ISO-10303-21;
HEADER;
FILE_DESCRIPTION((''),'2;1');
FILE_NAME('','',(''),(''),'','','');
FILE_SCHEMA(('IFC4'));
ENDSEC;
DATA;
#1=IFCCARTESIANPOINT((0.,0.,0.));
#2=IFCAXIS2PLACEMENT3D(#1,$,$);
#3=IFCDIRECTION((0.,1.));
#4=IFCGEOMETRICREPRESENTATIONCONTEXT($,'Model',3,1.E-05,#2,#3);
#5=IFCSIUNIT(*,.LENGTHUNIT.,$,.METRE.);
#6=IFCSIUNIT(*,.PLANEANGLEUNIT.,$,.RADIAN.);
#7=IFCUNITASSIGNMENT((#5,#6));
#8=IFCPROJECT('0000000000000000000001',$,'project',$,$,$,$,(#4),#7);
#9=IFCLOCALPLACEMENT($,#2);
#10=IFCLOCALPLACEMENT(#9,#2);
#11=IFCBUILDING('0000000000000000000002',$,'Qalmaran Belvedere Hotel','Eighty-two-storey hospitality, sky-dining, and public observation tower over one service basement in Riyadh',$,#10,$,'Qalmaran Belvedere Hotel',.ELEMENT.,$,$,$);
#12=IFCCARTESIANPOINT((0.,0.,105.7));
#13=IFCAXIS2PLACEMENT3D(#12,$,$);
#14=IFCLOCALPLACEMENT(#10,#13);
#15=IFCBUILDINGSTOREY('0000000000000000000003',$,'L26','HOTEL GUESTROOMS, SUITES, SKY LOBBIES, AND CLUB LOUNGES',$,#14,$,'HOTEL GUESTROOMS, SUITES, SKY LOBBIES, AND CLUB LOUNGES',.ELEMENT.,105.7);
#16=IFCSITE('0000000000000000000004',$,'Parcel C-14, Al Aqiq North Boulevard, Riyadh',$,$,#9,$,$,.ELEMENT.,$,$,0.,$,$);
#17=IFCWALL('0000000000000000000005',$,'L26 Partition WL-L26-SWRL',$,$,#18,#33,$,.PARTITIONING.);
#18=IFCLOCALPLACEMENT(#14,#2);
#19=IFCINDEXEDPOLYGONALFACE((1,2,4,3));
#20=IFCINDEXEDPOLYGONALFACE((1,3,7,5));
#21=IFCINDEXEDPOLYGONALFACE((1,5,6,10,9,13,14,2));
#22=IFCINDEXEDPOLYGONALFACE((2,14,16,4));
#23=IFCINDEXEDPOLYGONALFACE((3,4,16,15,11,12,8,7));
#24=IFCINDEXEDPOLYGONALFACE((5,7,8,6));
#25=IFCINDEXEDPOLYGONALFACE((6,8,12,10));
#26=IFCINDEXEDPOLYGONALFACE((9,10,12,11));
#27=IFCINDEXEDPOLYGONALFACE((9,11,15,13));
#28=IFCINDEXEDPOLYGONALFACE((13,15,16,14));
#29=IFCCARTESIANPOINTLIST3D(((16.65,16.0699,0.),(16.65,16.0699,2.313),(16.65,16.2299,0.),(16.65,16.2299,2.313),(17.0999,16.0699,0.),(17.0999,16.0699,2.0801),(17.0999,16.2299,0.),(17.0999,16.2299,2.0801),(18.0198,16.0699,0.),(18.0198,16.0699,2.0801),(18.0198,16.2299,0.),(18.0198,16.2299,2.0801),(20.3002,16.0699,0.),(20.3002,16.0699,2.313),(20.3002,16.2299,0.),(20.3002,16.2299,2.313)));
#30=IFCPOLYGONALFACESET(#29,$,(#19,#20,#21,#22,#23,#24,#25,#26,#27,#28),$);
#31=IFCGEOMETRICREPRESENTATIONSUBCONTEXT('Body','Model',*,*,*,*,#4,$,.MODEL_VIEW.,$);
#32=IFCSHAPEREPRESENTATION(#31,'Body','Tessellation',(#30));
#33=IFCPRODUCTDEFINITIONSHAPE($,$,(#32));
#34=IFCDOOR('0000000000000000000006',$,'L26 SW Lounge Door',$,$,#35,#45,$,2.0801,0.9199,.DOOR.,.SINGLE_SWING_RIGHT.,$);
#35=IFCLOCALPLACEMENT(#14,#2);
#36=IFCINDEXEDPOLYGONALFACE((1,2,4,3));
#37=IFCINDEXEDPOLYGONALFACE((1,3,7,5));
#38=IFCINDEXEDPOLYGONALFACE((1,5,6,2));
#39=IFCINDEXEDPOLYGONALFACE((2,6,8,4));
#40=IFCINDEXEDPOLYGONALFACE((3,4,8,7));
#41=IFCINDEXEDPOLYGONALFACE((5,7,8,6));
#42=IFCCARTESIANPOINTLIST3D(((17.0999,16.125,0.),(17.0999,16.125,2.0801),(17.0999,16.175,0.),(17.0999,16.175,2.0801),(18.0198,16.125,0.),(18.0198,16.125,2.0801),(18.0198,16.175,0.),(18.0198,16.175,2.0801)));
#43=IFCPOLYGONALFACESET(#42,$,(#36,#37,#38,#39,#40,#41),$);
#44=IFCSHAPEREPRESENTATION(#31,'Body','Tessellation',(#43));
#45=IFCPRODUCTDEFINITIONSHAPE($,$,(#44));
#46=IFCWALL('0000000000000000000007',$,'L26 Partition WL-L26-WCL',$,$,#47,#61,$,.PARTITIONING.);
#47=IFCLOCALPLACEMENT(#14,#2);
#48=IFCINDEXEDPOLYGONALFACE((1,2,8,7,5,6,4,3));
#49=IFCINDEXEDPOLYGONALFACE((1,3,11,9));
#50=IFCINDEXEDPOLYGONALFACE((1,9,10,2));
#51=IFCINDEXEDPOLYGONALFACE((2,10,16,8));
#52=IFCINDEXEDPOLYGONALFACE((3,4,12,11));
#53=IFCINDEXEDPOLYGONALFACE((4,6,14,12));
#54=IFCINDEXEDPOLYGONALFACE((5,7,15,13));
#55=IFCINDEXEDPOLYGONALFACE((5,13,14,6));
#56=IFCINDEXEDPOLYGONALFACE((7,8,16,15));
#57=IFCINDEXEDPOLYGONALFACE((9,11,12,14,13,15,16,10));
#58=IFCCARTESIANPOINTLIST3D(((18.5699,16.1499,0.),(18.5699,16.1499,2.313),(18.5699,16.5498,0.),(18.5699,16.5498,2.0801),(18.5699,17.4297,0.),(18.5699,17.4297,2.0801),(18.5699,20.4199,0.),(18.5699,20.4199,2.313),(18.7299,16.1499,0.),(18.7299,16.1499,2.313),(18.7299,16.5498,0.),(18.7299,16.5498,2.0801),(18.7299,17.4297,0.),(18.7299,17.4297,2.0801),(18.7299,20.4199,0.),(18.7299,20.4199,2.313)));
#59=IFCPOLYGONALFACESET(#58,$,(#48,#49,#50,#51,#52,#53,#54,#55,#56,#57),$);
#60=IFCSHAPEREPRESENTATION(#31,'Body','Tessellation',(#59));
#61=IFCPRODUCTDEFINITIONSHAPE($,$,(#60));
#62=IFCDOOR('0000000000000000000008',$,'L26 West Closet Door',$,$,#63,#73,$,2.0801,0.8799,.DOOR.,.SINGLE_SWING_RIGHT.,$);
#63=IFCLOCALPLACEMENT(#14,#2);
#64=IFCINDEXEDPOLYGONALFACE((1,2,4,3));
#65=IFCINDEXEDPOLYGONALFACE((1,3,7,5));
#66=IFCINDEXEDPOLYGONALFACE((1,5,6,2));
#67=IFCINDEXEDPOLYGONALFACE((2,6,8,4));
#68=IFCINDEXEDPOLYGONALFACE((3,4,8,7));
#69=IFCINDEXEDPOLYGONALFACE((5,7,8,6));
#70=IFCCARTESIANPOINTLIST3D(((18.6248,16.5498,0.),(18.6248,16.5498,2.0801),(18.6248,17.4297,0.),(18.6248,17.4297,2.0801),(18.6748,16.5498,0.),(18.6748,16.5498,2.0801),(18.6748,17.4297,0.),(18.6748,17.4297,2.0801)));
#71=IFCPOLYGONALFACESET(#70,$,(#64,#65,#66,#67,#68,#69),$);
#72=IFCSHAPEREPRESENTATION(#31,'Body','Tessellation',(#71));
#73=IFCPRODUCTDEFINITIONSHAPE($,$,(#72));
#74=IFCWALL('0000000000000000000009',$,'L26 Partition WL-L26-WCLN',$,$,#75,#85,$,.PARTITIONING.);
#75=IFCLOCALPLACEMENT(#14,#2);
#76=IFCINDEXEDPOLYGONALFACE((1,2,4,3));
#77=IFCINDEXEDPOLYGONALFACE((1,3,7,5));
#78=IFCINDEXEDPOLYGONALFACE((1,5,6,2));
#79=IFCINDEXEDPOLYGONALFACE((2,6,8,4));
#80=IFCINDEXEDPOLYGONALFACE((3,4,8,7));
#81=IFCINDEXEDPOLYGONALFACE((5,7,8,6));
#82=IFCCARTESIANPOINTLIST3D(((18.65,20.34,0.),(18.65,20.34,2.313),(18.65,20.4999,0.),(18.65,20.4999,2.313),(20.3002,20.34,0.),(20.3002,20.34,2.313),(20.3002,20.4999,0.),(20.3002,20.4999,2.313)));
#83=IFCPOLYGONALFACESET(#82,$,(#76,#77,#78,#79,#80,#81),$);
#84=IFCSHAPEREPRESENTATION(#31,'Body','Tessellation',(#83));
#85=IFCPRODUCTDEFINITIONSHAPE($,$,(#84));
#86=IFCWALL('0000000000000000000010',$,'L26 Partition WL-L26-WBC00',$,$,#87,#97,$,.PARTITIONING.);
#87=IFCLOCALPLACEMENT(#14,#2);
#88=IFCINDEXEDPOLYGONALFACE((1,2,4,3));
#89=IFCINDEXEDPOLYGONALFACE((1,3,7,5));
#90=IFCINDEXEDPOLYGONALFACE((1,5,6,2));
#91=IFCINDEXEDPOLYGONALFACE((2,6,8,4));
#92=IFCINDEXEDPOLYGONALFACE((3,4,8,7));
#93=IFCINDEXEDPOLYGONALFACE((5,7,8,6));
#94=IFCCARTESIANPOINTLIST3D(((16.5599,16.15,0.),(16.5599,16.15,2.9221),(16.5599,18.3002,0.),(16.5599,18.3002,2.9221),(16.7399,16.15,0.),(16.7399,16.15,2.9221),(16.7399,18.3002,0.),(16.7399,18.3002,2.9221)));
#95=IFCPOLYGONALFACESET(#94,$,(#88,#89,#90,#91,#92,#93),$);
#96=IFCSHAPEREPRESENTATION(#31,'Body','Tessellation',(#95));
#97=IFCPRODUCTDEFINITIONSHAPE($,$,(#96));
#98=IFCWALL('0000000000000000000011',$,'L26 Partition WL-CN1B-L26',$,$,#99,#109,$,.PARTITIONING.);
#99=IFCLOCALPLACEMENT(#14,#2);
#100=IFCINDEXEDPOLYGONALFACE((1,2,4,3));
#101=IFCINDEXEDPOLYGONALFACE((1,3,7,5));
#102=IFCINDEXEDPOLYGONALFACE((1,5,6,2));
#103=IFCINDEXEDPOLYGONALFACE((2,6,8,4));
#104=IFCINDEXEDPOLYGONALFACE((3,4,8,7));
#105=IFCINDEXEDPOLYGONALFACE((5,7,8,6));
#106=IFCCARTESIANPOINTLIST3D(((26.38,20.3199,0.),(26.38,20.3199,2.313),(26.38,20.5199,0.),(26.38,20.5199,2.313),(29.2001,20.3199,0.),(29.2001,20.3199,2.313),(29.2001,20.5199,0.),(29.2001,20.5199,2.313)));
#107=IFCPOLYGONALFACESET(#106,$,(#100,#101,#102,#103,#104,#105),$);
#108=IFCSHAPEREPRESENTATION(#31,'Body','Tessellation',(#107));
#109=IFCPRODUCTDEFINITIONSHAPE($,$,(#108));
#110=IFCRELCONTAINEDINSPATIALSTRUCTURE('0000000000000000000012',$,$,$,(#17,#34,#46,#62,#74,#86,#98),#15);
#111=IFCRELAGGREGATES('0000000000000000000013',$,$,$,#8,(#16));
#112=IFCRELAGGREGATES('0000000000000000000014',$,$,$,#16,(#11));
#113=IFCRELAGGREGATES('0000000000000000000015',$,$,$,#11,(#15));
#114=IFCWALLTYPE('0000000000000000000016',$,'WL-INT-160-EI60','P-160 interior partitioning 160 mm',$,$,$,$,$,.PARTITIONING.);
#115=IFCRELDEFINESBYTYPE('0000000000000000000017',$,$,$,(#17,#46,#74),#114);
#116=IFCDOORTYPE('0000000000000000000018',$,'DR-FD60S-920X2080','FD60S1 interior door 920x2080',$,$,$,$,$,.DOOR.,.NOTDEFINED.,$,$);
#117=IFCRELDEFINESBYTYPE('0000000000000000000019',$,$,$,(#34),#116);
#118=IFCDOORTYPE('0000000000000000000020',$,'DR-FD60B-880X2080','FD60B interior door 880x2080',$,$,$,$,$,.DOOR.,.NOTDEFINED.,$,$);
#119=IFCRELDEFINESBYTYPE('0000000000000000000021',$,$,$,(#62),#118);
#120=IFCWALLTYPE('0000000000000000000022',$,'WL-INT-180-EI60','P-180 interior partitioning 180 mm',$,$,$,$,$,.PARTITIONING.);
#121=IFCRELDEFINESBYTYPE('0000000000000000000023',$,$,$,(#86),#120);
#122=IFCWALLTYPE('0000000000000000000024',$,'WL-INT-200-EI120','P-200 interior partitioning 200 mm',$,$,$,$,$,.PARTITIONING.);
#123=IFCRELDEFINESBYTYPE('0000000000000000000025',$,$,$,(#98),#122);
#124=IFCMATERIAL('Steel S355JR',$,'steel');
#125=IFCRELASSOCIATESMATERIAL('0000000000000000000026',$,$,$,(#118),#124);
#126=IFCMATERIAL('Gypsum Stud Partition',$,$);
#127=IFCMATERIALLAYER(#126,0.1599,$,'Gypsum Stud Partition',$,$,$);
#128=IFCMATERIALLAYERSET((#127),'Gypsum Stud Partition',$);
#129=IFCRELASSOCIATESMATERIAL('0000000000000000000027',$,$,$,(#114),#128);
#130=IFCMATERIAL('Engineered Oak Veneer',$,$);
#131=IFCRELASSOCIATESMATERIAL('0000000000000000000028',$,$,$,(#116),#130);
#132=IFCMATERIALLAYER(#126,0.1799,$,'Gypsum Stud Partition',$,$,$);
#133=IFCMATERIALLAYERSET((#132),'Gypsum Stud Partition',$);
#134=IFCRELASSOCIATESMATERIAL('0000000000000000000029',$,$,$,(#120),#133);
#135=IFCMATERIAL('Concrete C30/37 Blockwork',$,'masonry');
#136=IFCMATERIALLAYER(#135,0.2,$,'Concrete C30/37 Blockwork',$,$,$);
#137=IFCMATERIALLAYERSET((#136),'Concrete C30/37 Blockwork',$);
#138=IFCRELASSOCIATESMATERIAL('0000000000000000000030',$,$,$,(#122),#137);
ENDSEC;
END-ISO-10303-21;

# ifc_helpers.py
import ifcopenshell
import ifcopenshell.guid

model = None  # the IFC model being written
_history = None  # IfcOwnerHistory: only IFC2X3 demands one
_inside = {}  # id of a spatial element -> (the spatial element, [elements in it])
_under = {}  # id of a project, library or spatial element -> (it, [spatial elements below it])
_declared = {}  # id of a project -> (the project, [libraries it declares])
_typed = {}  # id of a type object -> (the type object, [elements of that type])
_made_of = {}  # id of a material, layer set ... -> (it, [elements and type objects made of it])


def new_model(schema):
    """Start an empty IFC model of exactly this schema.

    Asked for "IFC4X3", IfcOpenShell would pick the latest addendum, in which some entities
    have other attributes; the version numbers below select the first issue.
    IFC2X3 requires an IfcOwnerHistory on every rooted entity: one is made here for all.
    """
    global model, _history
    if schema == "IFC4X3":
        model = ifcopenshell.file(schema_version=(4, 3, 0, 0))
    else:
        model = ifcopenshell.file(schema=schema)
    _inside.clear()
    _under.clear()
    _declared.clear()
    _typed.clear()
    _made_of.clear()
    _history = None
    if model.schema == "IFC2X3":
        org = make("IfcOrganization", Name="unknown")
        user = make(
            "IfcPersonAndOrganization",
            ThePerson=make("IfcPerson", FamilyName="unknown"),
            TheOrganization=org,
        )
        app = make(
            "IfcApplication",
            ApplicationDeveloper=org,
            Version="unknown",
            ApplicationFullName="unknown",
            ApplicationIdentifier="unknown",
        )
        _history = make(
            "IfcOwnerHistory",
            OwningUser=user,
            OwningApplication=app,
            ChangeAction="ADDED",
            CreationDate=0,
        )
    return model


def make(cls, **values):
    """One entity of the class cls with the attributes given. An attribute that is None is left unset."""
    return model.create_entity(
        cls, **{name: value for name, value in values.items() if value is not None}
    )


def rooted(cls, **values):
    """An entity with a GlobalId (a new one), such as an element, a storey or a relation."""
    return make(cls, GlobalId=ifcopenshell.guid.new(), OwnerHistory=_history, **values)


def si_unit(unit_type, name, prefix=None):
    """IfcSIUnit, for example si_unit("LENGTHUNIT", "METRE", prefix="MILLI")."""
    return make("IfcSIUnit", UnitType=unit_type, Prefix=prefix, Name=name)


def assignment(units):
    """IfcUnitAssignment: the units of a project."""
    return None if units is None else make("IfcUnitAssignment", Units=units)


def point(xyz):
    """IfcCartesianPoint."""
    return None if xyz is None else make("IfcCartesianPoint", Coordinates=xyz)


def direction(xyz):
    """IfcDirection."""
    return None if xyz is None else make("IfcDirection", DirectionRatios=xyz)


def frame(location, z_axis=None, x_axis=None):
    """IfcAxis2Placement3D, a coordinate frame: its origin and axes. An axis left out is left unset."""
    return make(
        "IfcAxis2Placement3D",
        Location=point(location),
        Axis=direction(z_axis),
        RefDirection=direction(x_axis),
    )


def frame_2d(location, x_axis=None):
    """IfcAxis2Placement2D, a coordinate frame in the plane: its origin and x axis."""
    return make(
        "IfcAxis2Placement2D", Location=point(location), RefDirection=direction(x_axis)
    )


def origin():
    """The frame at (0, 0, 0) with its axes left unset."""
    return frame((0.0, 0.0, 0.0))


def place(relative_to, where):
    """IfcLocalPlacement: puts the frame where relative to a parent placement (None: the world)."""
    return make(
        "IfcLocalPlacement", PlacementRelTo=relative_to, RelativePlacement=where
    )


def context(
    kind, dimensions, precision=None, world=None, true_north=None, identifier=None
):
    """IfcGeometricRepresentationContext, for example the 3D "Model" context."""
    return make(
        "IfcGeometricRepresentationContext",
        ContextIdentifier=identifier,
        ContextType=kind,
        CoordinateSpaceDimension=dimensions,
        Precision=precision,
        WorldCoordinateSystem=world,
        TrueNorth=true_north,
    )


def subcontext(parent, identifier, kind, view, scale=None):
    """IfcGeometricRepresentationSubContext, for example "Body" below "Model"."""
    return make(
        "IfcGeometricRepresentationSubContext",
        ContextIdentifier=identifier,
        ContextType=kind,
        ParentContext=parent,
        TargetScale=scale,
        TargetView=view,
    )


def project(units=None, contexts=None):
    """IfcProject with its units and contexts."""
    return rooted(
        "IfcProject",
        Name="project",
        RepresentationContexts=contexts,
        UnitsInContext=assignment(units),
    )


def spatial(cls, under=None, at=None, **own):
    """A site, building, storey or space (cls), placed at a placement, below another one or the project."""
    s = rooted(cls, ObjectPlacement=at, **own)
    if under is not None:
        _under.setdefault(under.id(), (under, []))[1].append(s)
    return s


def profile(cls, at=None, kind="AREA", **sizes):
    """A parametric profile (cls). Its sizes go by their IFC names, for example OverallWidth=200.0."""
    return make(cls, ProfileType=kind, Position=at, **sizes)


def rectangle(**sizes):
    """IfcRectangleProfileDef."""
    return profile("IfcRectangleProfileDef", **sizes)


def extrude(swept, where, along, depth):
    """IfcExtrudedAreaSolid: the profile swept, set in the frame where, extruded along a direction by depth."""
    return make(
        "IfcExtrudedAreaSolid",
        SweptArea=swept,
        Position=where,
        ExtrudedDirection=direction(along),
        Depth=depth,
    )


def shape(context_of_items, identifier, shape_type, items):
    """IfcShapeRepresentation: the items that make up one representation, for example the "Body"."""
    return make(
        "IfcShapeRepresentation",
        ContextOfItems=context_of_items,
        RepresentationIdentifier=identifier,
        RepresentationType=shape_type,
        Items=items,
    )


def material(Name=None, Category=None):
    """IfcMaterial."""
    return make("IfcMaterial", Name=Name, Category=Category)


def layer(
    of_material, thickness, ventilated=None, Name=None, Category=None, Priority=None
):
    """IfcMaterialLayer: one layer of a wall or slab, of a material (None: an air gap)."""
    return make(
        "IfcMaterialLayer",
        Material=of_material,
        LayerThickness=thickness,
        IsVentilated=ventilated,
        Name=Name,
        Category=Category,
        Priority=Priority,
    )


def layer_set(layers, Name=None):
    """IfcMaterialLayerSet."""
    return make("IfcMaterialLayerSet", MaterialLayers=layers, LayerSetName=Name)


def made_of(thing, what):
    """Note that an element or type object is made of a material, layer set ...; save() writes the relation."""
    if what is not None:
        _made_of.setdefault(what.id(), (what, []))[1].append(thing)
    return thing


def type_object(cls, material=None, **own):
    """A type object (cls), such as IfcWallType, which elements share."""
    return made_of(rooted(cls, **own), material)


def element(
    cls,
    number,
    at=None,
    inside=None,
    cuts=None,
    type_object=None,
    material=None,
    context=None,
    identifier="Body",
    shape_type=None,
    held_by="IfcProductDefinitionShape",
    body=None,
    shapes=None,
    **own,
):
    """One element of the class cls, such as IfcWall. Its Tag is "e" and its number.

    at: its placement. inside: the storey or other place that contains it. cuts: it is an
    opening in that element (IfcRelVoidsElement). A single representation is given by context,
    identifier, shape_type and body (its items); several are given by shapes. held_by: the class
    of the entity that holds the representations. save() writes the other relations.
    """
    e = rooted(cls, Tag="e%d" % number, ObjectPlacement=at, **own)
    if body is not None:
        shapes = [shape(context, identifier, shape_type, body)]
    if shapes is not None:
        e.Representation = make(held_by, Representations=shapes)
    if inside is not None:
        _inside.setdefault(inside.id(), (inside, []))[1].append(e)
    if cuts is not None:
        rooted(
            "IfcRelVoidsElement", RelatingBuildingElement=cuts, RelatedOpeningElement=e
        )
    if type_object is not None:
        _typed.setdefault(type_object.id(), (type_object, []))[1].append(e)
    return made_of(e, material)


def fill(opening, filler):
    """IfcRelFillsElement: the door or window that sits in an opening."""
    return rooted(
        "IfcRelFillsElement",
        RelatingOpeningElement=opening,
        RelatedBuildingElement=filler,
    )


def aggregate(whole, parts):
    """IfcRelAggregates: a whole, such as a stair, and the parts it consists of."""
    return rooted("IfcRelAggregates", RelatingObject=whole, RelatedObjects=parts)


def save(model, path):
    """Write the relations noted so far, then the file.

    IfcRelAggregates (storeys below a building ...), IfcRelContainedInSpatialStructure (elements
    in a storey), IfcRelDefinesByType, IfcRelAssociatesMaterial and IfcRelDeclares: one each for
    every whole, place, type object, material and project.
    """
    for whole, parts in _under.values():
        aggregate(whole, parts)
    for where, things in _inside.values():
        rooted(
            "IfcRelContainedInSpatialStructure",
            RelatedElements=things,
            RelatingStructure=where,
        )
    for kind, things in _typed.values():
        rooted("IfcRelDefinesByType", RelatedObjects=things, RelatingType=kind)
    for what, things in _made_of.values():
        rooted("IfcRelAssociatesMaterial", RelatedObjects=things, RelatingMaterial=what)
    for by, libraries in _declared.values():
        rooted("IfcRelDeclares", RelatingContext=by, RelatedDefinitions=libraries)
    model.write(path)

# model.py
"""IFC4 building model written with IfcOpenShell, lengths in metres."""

from ifc_helpers import new_model, si_unit, direction, frame, frame_2d, origin, place, context, subcontext, project, spatial, rectangle, extrude, material, layer, layer_set, type_object, element, fill, save


model = new_model("IFC4")

# Units and contexts
model_context = context("Model", 3, precision=1e-05, world=origin(), true_north=direction((0.0, 1.0)))
body_context = subcontext(model_context, "Body", "Model", "MODEL_VIEW")
ifc_project = project(units=[si_unit("LENGTHUNIT", "METRE"), si_unit("PLANEANGLEUNIT", "RADIAN")], contexts=[model_context])

# Site, building, storey
site_placement = place(None, origin())
site = spatial("IfcSite", under=ifc_project, at=site_placement, Name="Parcel C-14, Al Aqiq North Boulevard, Riyadh", CompositionType="ELEMENT", RefElevation=0.0)
building_placement = place(site_placement, origin())
building = spatial("IfcBuilding", under=site, at=building_placement, Name="Qalmaran Belvedere Hotel", Description="Eighty-two-storey hospitality, sky-dining, and public observation tower over one service basement in Riyadh", LongName="Qalmaran Belvedere Hotel", CompositionType="ELEMENT")
storey_placement = place(building_placement, frame((0.0, 0.0, 105.7)))
storey = spatial("IfcBuildingStorey", under=building, at=storey_placement, Name="L26", Description="HOTEL GUESTROOMS, SUITES, SKY LOBBIES, AND CLUB LOUNGES", LongName="HOTEL GUESTROOMS, SUITES, SKY LOBBIES, AND CLUB LOUNGES", CompositionType="ELEMENT", Elevation=105.7)

# Shared definitions
ifc_material_1 = material(Name="Steel S355JR", Category="steel")

# Shared definitions
ifc_material_2 = material(Name="Gypsum Stud Partition")
ifc_material_3 = material(Name="Engineered Oak Veneer")

# Shared definitions
door_type_1 = type_object("IfcDoorType", Name="DR-FD60B-880X2080", Description="FD60B interior door 880x2080", OperationType="NOTDEFINED", PredefinedType="DOOR", material=ifc_material_1)

# Walls, openings, doors
ifc_layer_1 = layer(ifc_material_2, 0.1599, Name="Gypsum Stud Partition")
ifc_layer_set_1 = layer_set([ifc_layer_1], Name="Gypsum Stud Partition")
wall_type_1 = type_object("IfcWallType", Name="WL-INT-160-EI60", Description="P-160 interior partitioning 160 mm", PredefinedType="PARTITIONING", material=ifc_layer_set_1)
wall_1_placement = place(storey_placement, frame((16.6499, 16.1499, 0.0), z_axis=(0.0, 0.0, 1.0), x_axis=(1.0, 0.0, 0.0)))
wall_1 = element("IfcWall", 1, at=wall_1_placement, inside=storey, type_object=wall_type_1, Name="L26 Partition WL-L26-SWRL", PredefinedType="PARTITIONING", context=body_context, shape_type="SweptSolid", body=[
    extrude(rectangle(XDim=3.6501, YDim=0.1599, at=frame_2d((1.8252, 0.0))), origin(), (0.0, 0.0, 1.0), 2.313),
])
opening_1_placement = place(wall_1_placement, frame((1.3699, 0.0, 0.0), z_axis=(0.0, 0.0, 1.0), x_axis=(-1.0, 0.0, 0.0)))
opening_1 = element("IfcOpeningElement", 2, at=opening_1_placement, cuts=wall_1, PredefinedType="OPENING", context=body_context, shape_type="SweptSolid", body=[
    extrude(rectangle(XDim=0.9199, YDim=2.0801, at=frame_2d((0.46, 1.04))), frame((0.0, 0.0898, 0.0), z_axis=(0.0, -1.0, 0.0), x_axis=(1.0, 0.0, 0.0)), (0.0, 0.0, 1.0), 0.1799),
])
door_type_2 = type_object("IfcDoorType", Name="DR-FD60S-920X2080", Description="FD60S1 interior door 920x2080", OperationType="NOTDEFINED", PredefinedType="DOOR", material=ifc_material_3)
door_1_placement = place(opening_1_placement, origin())
door_1 = element("IfcDoor", 3, at=door_1_placement, inside=storey, type_object=door_type_2, Name="L26 SW Lounge Door", OperationType="SINGLE_SWING_RIGHT", OverallHeight=2.0801, OverallWidth=0.9199, PredefinedType="DOOR", context=body_context, shape_type="SweptSolid", body=[
    extrude(rectangle(XDim=0.9199, YDim=2.0801, at=frame_2d((0.46, 1.04))), frame((0.0, 0.0249, 0.0), z_axis=(0.0, -1.0, 0.0), x_axis=(1.0, 0.0, 0.0)), (0.0, 0.0, 1.0), 0.05),
])
fill(opening_1, door_1)
wall_2_placement = place(storey_placement, frame((18.6499, 16.1499, 0.0), z_axis=(0.0, 0.0, 1.0), x_axis=(0.0, 1.0, 0.0)))
wall_2 = element("IfcWall", 4, at=wall_2_placement, inside=storey, type_object=wall_type_1, Name="L26 Partition WL-L26-WCL", PredefinedType="PARTITIONING", context=body_context, shape_type="SweptSolid", body=[
    extrude(rectangle(XDim=4.27, YDim=0.1599, at=frame_2d((2.135, 0.0))), origin(), (0.0, 0.0, 1.0), 2.313),
])
opening_2_placement = place(wall_2_placement, frame((1.2798, 0.0, 0.0), z_axis=(0.0, 0.0, 1.0), x_axis=(-1.0, 0.0, 0.0)))
opening_2 = element("IfcOpeningElement", 5, at=opening_2_placement, cuts=wall_2, PredefinedType="OPENING", context=body_context, shape_type="SweptSolid", body=[
    extrude(rectangle(XDim=0.8799, YDim=2.0801, at=frame_2d((0.4399, 1.04))), frame((0.0, 0.0898, 0.0), z_axis=(0.0, -1.0, 0.0), x_axis=(1.0, 0.0, 0.0)), (0.0, 0.0, 1.0), 0.1799),
])
door_2_placement = place(opening_2_placement, origin())
door_2 = element("IfcDoor", 6, at=door_2_placement, inside=storey, type_object=door_type_1, Name="L26 West Closet Door", OperationType="SINGLE_SWING_RIGHT", OverallHeight=2.0801, OverallWidth=0.8799, PredefinedType="DOOR", context=body_context, shape_type="SweptSolid", body=[
    extrude(rectangle(XDim=0.8799, YDim=2.0801, at=frame_2d((0.4399, 1.04))), frame((0.0, 0.0249, 0.0), z_axis=(0.0, -1.0, 0.0), x_axis=(1.0, 0.0, 0.0)), (0.0, 0.0, 1.0), 0.05),
])
fill(opening_2, door_2)

# Walls
wall_3_placement = place(storey_placement, frame((18.6499, 20.4199, 0.0), z_axis=(0.0, 0.0, 1.0), x_axis=(1.0, 0.0, 0.0)))
element("IfcWall", 7, at=wall_3_placement, inside=storey, type_object=wall_type_1, Name="L26 Partition WL-L26-WCLN", PredefinedType="PARTITIONING", context=body_context, shape_type="SweptSolid", body=[
    extrude(rectangle(XDim=1.6501, YDim=0.1599, at=frame_2d((0.8252, 0.0))), origin(), (0.0, 0.0, 1.0), 2.313),
])
ifc_layer_2 = layer(ifc_material_2, 0.1799, Name="Gypsum Stud Partition")
ifc_layer_set_2 = layer_set([ifc_layer_2], Name="Gypsum Stud Partition")
wall_type_2 = type_object("IfcWallType", Name="WL-INT-180-EI60", Description="P-180 interior partitioning 180 mm", PredefinedType="PARTITIONING", material=ifc_layer_set_2)
wall_4_placement = place(storey_placement, frame((16.6499, 16.1499, 0.0), z_axis=(0.0, 0.0, 1.0), x_axis=(0.0, 1.0, 0.0)))
element("IfcWall", 8, at=wall_4_placement, inside=storey, type_object=wall_type_2, Name="L26 Partition WL-L26-WBC00", PredefinedType="PARTITIONING", context=body_context, shape_type="SweptSolid", body=[
    extrude(rectangle(XDim=2.1501, YDim=0.1799, at=frame_2d((1.0752, 0.0))), origin(), (0.0, 0.0, 1.0), 2.9221),
])

# Shared definitions
ifc_material_4 = material(Name="Concrete C30/37 Blockwork", Category="masonry")
ifc_layer_3 = layer(ifc_material_4, 0.2, Name="Concrete C30/37 Blockwork")
ifc_layer_set_3 = layer_set([ifc_layer_3], Name="Concrete C30/37 Blockwork")
wall_type_3 = type_object("IfcWallType", Name="WL-INT-200-EI120", Description="P-200 interior partitioning 200 mm", PredefinedType="PARTITIONING", material=ifc_layer_set_3)

# Wall
wall_5_placement = place(storey_placement, frame((26.3799, 20.4199, 0.0), z_axis=(0.0, 0.0, 1.0), x_axis=(1.0, 0.0, 0.0)))
element("IfcWall", 9, at=wall_5_placement, inside=storey, type_object=wall_type_3, Name="L26 Partition WL-CN1B-L26", PredefinedType="PARTITIONING", context=body_context, shape_type="SweptSolid", body=[
    extrude(rectangle(XDim=2.8201, YDim=0.2, at=frame_2d((1.4102, 0.0))), origin(), (0.0, 0.0, 1.0), 2.313),
])

save(model, "model.ifc")
